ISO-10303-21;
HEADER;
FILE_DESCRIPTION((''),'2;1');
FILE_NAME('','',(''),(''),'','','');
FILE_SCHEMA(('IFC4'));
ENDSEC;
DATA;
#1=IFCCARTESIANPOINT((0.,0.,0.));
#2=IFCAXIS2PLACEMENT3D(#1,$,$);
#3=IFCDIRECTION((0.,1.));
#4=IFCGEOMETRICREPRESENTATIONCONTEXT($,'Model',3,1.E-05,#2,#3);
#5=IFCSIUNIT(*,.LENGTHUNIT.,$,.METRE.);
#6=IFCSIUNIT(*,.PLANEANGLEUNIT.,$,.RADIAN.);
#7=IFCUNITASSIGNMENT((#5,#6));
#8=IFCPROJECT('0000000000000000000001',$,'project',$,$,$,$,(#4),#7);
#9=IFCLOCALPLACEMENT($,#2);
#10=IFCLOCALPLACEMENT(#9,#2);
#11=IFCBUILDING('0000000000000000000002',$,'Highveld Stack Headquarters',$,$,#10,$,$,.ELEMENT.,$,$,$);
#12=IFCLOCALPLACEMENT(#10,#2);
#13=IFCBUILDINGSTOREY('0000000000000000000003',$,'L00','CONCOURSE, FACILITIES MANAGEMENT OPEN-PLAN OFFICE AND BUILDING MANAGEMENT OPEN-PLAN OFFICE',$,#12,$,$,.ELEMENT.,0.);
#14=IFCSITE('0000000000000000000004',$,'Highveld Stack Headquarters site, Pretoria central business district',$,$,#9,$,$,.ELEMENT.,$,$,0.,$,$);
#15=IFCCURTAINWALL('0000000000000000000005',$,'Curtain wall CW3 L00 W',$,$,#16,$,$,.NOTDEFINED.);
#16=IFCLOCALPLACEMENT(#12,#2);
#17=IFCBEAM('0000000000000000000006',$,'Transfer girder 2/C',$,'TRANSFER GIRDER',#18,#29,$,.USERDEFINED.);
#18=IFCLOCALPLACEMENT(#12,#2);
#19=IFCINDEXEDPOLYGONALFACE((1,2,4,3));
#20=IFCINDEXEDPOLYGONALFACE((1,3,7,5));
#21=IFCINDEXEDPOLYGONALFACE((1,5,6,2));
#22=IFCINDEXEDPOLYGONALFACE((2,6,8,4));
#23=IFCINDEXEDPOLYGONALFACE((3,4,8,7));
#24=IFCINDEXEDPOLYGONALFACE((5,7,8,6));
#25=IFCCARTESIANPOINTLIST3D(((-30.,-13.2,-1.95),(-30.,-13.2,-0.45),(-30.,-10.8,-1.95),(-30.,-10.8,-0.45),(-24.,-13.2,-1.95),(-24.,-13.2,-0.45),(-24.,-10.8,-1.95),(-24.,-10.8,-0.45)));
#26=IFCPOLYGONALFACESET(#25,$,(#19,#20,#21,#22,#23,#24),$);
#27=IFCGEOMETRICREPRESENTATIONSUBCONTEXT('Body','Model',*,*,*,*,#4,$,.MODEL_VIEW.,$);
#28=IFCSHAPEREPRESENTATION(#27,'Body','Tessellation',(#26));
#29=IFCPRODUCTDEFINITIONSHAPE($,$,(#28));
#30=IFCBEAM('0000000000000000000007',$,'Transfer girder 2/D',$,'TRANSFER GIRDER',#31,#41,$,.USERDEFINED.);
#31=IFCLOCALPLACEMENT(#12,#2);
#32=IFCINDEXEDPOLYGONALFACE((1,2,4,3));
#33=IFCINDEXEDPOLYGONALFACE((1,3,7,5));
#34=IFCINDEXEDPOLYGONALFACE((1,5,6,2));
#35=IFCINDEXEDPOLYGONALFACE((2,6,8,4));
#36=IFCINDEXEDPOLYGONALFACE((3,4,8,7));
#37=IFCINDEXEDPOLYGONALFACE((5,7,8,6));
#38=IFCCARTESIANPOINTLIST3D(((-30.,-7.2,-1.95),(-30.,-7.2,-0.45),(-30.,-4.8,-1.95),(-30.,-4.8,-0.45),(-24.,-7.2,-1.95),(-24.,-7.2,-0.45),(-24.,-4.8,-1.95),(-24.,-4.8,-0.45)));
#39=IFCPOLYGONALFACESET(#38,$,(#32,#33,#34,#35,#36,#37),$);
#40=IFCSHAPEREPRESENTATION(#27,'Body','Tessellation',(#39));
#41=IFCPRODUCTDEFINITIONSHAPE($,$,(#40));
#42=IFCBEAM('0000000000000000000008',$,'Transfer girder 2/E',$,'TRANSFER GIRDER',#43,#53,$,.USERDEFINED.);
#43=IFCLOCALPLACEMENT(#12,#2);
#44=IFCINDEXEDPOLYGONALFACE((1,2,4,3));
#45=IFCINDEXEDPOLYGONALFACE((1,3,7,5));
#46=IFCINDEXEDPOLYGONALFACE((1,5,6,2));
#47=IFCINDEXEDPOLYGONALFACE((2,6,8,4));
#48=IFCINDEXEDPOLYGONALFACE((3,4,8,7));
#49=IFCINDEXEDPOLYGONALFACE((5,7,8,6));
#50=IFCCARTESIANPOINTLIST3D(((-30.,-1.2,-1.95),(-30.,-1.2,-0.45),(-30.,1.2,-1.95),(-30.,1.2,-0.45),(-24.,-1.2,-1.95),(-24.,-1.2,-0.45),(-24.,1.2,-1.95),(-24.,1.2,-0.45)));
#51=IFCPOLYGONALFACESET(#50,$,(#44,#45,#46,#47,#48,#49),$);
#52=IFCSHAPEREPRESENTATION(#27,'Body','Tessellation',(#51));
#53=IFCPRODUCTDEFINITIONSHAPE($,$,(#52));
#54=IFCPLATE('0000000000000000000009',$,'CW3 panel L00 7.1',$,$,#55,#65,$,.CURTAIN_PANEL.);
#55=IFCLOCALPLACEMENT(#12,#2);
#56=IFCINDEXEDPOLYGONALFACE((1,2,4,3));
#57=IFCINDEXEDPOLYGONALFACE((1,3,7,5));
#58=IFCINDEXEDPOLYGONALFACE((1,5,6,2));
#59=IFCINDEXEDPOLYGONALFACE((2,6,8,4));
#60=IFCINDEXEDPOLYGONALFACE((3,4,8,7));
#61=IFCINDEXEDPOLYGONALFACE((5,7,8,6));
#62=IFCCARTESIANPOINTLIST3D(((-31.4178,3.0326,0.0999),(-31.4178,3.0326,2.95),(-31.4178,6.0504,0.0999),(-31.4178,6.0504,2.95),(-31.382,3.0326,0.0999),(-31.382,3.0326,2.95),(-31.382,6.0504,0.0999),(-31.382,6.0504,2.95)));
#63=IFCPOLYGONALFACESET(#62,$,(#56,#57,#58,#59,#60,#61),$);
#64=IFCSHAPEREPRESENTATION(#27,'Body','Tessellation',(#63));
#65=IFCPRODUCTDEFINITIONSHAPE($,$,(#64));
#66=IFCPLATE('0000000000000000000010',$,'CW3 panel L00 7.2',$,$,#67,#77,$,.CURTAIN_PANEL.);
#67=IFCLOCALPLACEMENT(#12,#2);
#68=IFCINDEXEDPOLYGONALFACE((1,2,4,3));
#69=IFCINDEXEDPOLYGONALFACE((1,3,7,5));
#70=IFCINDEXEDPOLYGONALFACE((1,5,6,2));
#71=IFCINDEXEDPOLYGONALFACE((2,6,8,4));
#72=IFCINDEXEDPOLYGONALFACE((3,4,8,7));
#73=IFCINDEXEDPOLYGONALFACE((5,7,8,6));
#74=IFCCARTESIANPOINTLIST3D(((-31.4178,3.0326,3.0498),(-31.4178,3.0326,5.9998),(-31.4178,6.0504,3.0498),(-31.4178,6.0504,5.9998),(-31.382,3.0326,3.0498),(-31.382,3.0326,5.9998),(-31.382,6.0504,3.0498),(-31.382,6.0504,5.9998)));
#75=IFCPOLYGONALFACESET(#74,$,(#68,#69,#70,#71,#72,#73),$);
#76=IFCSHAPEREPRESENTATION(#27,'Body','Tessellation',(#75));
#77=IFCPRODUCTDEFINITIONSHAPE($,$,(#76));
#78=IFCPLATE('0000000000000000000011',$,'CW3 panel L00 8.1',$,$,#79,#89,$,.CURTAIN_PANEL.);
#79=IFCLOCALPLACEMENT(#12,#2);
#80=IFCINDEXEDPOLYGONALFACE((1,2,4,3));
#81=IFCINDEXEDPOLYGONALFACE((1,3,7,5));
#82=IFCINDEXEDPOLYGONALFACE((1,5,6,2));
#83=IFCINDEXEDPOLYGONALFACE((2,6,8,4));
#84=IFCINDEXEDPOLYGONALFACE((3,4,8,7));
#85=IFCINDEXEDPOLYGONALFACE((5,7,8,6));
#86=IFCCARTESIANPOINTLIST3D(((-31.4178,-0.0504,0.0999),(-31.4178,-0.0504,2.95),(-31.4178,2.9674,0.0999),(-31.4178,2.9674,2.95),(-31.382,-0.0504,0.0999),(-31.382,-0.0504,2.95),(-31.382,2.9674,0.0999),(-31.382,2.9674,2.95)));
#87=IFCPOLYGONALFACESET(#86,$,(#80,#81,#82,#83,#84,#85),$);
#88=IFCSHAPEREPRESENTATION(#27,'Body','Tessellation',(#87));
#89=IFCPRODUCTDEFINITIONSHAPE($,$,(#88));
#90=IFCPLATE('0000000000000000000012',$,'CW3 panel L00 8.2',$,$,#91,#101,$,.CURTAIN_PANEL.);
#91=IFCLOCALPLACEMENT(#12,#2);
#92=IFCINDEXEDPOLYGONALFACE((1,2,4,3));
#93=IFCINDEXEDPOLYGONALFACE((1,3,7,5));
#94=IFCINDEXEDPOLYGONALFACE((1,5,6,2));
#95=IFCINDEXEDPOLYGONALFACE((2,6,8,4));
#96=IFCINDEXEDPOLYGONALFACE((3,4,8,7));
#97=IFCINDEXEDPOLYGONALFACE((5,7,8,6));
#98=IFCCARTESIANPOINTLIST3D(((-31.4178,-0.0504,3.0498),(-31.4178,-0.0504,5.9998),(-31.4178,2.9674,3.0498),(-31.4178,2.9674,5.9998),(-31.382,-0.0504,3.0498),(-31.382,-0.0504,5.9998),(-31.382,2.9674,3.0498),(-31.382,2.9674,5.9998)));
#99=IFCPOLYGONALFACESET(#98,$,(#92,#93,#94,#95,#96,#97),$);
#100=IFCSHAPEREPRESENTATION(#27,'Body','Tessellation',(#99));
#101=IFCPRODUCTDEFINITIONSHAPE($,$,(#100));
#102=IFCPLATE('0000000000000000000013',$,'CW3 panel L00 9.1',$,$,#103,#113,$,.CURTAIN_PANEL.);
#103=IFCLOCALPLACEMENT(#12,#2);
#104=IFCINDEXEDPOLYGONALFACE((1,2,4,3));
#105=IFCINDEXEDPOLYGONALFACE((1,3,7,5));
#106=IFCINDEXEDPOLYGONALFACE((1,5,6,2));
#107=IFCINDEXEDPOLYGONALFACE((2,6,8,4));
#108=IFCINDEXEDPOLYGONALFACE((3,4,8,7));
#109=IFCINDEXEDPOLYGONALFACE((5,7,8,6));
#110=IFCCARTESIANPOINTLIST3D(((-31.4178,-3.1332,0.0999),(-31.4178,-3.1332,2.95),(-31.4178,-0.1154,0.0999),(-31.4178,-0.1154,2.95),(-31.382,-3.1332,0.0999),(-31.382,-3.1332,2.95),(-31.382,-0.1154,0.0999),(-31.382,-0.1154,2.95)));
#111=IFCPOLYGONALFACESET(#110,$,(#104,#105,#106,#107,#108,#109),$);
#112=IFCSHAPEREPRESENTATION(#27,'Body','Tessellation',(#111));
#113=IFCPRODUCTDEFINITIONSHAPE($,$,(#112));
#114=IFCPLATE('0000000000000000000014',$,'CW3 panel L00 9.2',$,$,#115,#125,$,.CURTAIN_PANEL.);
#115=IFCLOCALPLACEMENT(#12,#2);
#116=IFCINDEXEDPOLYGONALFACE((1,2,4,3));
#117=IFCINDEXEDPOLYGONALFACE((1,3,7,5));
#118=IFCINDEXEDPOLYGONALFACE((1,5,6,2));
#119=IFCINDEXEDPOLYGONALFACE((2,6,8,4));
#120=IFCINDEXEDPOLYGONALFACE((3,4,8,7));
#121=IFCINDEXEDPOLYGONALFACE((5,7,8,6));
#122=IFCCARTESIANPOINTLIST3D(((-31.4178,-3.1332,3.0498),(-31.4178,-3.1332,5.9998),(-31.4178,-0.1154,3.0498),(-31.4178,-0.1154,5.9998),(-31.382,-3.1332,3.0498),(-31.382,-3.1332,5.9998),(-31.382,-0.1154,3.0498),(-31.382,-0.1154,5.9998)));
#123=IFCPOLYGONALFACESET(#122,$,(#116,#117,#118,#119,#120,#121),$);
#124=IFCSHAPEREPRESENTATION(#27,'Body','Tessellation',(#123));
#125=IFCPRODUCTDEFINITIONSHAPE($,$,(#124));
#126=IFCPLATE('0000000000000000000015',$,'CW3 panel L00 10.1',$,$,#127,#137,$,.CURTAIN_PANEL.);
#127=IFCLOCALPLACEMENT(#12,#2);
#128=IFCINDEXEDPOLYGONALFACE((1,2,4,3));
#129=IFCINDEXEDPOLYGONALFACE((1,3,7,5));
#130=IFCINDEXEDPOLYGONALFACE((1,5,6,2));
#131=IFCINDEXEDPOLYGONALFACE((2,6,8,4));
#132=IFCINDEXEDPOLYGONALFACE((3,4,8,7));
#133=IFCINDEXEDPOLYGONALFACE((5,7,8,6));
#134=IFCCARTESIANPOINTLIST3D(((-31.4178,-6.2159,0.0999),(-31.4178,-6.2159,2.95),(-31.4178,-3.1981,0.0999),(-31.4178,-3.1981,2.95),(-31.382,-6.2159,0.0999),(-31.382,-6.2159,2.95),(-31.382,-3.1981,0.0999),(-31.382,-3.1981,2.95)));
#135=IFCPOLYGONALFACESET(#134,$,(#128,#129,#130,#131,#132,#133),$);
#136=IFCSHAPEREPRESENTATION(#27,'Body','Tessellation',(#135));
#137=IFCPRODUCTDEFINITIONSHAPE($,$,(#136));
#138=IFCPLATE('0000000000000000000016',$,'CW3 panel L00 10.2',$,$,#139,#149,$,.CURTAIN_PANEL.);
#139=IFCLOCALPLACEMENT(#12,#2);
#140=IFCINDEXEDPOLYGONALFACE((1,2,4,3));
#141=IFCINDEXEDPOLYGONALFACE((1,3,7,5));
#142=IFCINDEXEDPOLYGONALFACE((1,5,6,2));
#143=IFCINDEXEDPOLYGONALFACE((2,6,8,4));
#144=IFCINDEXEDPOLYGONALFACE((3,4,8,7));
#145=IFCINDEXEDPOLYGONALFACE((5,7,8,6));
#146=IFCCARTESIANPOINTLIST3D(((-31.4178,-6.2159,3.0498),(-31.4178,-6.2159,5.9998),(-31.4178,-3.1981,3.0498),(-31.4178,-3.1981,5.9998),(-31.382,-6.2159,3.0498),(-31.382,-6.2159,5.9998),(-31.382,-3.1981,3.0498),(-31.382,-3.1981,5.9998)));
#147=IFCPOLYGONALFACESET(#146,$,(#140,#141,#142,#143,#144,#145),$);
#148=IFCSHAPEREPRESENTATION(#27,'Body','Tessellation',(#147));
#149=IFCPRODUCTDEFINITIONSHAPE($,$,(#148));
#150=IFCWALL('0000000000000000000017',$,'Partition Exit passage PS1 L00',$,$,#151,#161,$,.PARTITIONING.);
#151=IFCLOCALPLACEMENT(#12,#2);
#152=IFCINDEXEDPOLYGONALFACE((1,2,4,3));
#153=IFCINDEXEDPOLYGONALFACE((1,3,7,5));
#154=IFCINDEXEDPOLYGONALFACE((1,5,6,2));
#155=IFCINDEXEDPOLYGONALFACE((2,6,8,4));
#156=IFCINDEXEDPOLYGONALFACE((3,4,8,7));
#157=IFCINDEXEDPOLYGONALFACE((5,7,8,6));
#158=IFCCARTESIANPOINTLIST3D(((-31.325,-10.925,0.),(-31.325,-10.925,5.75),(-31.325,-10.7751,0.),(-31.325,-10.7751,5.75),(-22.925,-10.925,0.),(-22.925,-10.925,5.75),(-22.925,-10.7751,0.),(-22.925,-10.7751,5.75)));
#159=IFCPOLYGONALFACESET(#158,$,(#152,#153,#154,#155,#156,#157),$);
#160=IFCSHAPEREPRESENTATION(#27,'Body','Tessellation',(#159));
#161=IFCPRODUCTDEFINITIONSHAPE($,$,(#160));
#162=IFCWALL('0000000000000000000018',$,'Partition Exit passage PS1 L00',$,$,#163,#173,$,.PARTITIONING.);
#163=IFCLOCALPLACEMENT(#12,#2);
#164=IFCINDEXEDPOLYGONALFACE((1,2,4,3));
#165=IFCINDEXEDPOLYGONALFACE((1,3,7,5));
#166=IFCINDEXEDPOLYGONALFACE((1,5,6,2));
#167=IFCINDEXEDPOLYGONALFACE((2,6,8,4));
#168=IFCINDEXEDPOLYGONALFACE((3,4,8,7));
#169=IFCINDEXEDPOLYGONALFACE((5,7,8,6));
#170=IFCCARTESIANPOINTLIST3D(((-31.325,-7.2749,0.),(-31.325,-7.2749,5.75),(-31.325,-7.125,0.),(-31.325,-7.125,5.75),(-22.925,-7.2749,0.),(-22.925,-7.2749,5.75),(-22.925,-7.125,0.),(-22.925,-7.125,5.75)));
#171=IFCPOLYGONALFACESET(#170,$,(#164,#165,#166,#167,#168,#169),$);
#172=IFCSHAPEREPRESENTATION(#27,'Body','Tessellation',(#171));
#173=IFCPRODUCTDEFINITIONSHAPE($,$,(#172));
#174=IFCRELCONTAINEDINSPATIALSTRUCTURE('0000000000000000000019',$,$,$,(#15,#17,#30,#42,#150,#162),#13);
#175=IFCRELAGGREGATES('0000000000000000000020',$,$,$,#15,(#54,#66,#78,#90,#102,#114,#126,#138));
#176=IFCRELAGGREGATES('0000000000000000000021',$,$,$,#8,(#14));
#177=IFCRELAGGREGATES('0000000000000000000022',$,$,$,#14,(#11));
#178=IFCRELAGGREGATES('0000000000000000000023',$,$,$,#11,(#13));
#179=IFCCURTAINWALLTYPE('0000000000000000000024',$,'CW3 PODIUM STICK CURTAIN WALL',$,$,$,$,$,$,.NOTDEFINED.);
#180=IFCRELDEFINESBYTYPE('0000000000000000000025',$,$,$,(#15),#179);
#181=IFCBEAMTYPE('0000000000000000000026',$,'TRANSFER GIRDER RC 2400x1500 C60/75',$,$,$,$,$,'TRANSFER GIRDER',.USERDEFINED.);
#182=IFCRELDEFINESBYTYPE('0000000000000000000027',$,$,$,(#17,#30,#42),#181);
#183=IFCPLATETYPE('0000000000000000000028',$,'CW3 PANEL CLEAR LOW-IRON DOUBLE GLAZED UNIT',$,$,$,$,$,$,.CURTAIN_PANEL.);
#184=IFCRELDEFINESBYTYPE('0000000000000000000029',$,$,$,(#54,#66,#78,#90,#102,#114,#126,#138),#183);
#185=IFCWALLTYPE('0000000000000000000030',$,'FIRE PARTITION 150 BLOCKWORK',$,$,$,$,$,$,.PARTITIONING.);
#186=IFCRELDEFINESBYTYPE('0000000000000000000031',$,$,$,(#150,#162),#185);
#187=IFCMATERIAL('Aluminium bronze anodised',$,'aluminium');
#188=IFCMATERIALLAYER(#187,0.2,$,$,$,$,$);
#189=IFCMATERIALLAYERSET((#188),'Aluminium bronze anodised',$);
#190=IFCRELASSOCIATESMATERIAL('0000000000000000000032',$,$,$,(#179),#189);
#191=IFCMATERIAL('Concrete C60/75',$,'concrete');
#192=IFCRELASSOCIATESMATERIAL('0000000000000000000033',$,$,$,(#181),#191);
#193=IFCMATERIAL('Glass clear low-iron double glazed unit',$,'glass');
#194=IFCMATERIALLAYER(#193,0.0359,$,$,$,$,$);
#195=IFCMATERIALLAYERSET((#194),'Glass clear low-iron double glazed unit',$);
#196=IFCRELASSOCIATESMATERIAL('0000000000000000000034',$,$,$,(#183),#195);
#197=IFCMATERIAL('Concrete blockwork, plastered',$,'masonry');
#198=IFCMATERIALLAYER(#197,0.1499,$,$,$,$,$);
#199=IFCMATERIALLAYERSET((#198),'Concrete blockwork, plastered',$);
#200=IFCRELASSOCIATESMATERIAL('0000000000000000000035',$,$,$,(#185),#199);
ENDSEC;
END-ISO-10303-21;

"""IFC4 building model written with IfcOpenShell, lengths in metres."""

from ifc_helpers import new_model, si_unit, direction, frame, frame_2d, origin, origin_2d, place, context, subcontext, project, spatial, rectangle, extrude, material, layer, layer_set, material_profile, profile_set, type_object, element, aggregate, save


model = new_model("IFC4")

# Units and contexts
model_context = context("Model", 3, precision=1e-05, world=origin(), true_north=direction((0.0, 1.0)))
body_context = subcontext(model_context, "Body", "Model", "MODEL_VIEW")
ifc_project = project(units=[si_unit("LENGTHUNIT", "METRE"), si_unit("PLANEANGLEUNIT", "RADIAN")], contexts=[model_context])

# Site, building, storey
site_placement = place(None, origin())
site = spatial("IfcSite", under=ifc_project, at=site_placement, Name="Highveld Stack Headquarters site, Pretoria central business district", CompositionType="ELEMENT", RefElevation=0.0)
building_placement = place(site_placement, origin())
building = spatial("IfcBuilding", under=site, at=building_placement, Name="Highveld Stack Headquarters", CompositionType="ELEMENT")
storey_placement = place(building_placement, origin())
storey = spatial("IfcBuildingStorey", under=building, at=storey_placement, Name="L00", Description="CONCOURSE, FACILITIES MANAGEMENT OPEN-PLAN OFFICE AND BUILDING MANAGEMENT OPEN-PLAN OFFICE", CompositionType="ELEMENT", Elevation=0.0)

# Curtain wall
ifc_material_1 = material(Name="Aluminium bronze anodised", Category="aluminium")
ifc_layer_1 = layer(ifc_material_1, 0.2)
ifc_layer_set_1 = layer_set([ifc_layer_1], Name="Aluminium bronze anodised")
curtain_wall_type = type_object("IfcCurtainWallType", Name="CW3 PODIUM STICK CURTAIN WALL", PredefinedType="NOTDEFINED", material=ifc_layer_set_1)
curtain_wall_placement = place(storey_placement, origin())
curtain_wall = element("IfcCurtainWall", 1, at=curtain_wall_placement, inside=storey, type_object=curtain_wall_type, Name="Curtain wall CW3 L00 W", PredefinedType="NOTDEFINED")

# Beams
ifc_material_2 = material(Name="Concrete C60/75", Category="concrete")
ifc_material_profile_1 = material_profile(ifc_material_2, rectangle(XDim=2.3999, YDim=1.5, at=origin_2d()), Name="RC 2400x1500")
ifc_profile_set_1 = profile_set([ifc_material_profile_1], Name="Concrete C60/75")
beam_type = type_object("IfcBeamType", Name="TRANSFER GIRDER RC 2400x1500 C60/75", ElementType="TRANSFER GIRDER", PredefinedType="USERDEFINED", material=ifc_profile_set_1)
for number, where, z_axis, x_axis, name in (
    (2, (-24.0, -12.0, -1.2), (-1.0, 0.0, 0.0), (0.0, -1.0, 0.0), "Transfer girder 2/C"),
    (3, (-24.0, -6.0, -1.2), (-1.0, 0.0, 0.0), (0.0, -1.0, 0.0), "Transfer girder 2/D"),
    (4, (-24.0, 0.0, -1.2), (-1.0, 0.0, 0.0), (0.0, -1.0, 0.0), "Transfer girder 2/E"),
):
    element("IfcBeam", number, at=place(storey_placement, frame(where, z_axis=z_axis, x_axis=x_axis)), inside=storey, type_object=beam_type, Name=name, ObjectType="TRANSFER GIRDER", PredefinedType="USERDEFINED", context=body_context, shape_type="SweptSolid", body=[
        extrude(rectangle(XDim=2.3999, YDim=1.5, at=origin_2d()), origin(), (0.0, 0.0, 1.0), 6.0),
    ])

# Plates
ifc_material_3 = material(Name="Glass clear low-iron double glazed unit", Category="glass")
ifc_layer_2 = layer(ifc_material_3, 0.0359)
ifc_layer_set_2 = layer_set([ifc_layer_2], Name="Glass clear low-iron double glazed unit")
plate_type = type_object("IfcPlateType", Name="CW3 PANEL CLEAR LOW-IRON DOUBLE GLAZED UNIT", PredefinedType="CURTAIN_PANEL", material=ifc_layer_set_2)
plate_1_placement = place(storey_placement, frame((-31.3999, 4.5415, 0.0999), z_axis=(0.0, 0.0, 1.0), x_axis=(0.0, -1.0, 0.0)))
plate_1 = element("IfcPlate", 5, at=plate_1_placement, type_object=plate_type, Name="CW3 panel L00 7.1", PredefinedType="CURTAIN_PANEL", context=body_context, shape_type="SweptSolid", body=[
    extrude(rectangle(XDim=3.0178, YDim=0.0359, at=origin_2d()), origin(), (0.0, 0.0, 1.0), 2.8501),
])
plate_2_placement = place(storey_placement, frame((-31.3999, 4.5415, 3.0498), z_axis=(0.0, 0.0, 1.0), x_axis=(0.0, -1.0, 0.0)))
plate_2 = element("IfcPlate", 6, at=plate_2_placement, type_object=plate_type, Name="CW3 panel L00 7.2", PredefinedType="CURTAIN_PANEL", context=body_context, shape_type="SweptSolid", body=[
    extrude(rectangle(XDim=3.0178, YDim=0.0359, at=origin_2d()), origin(), (0.0, 0.0, 1.0), 2.95),
])
plate_3_placement = place(storey_placement, frame((-31.3999, 1.4585, 0.0999), z_axis=(0.0, 0.0, 1.0), x_axis=(0.0, -1.0, 0.0)))
plate_3 = element("IfcPlate", 7, at=plate_3_placement, type_object=plate_type, Name="CW3 panel L00 8.1", PredefinedType="CURTAIN_PANEL", context=body_context, shape_type="SweptSolid", body=[
    extrude(rectangle(XDim=3.0178, YDim=0.0359, at=origin_2d()), origin(), (0.0, 0.0, 1.0), 2.8501),
])
plate_4_placement = place(storey_placement, frame((-31.3999, 1.4585, 3.0498), z_axis=(0.0, 0.0, 1.0), x_axis=(0.0, -1.0, 0.0)))
plate_4 = element("IfcPlate", 8, at=plate_4_placement, type_object=plate_type, Name="CW3 panel L00 8.2", PredefinedType="CURTAIN_PANEL", context=body_context, shape_type="SweptSolid", body=[
    extrude(rectangle(XDim=3.0178, YDim=0.0359, at=origin_2d()), origin(), (0.0, 0.0, 1.0), 2.95),
])
plate_5_placement = place(storey_placement, frame((-31.3999, -1.6243, 0.0999), z_axis=(0.0, 0.0, 1.0), x_axis=(0.0, -1.0, 0.0)))
plate_5 = element("IfcPlate", 9, at=plate_5_placement, type_object=plate_type, Name="CW3 panel L00 9.1", PredefinedType="CURTAIN_PANEL", context=body_context, shape_type="SweptSolid", body=[
    extrude(rectangle(XDim=3.0178, YDim=0.0359, at=origin_2d()), origin(), (0.0, 0.0, 1.0), 2.8501),
])
plate_6_placement = place(storey_placement, frame((-31.3999, -1.6243, 3.0498), z_axis=(0.0, 0.0, 1.0), x_axis=(0.0, -1.0, 0.0)))
plate_6 = element("IfcPlate", 10, at=plate_6_placement, type_object=plate_type, Name="CW3 panel L00 9.2", PredefinedType="CURTAIN_PANEL", context=body_context, shape_type="SweptSolid", body=[
    extrude(rectangle(XDim=3.0178, YDim=0.0359, at=origin_2d()), origin(), (0.0, 0.0, 1.0), 2.95),
])
plate_7_placement = place(storey_placement, frame((-31.3999, -4.707, 0.0999), z_axis=(0.0, 0.0, 1.0), x_axis=(0.0, -1.0, 0.0)))
plate_7 = element("IfcPlate", 11, at=plate_7_placement, type_object=plate_type, Name="CW3 panel L00 10.1", PredefinedType="CURTAIN_PANEL", context=body_context, shape_type="SweptSolid", body=[
    extrude(rectangle(XDim=3.0178, YDim=0.0359, at=origin_2d()), origin(), (0.0, 0.0, 1.0), 2.8501),
])
plate_8_placement = place(storey_placement, frame((-31.3999, -4.707, 3.0498), z_axis=(0.0, 0.0, 1.0), x_axis=(0.0, -1.0, 0.0)))
plate_8 = element("IfcPlate", 12, at=plate_8_placement, type_object=plate_type, Name="CW3 panel L00 10.2", PredefinedType="CURTAIN_PANEL", context=body_context, shape_type="SweptSolid", body=[
    extrude(rectangle(XDim=3.0178, YDim=0.0359, at=origin_2d()), origin(), (0.0, 0.0, 1.0), 2.95),
])
aggregate(curtain_wall, [plate_1, plate_2, plate_3, plate_4, plate_5, plate_6, plate_7, plate_8])

# Walls
ifc_material_4 = material(Name="Concrete blockwork, plastered", Category="masonry")
ifc_layer_3 = layer(ifc_material_4, 0.1499)
ifc_layer_set_3 = layer_set([ifc_layer_3], Name="Concrete blockwork, plastered")
wall_type_1 = type_object("IfcWallType", Name="FIRE PARTITION 150 BLOCKWORK", PredefinedType="PARTITIONING", material=ifc_layer_set_3)
for number, where, z_axis, x_axis, name in (
    (13, (-31.325, -10.8501, 0.0), (0.0, 0.0, 1.0), (1.0, 0.0, 0.0), "Partition Exit passage PS1 L00"),
    (14, (-31.325, -7.2, 0.0), (0.0, 0.0, 1.0), (1.0, 0.0, 0.0), "Partition Exit passage PS1 L00"),
):
    element("IfcWall", number, at=place(storey_placement, frame(where, z_axis=z_axis, x_axis=x_axis)), inside=storey, type_object=wall_type_1, Name=name, PredefinedType="PARTITIONING", context=body_context, shape_type="SweptSolid", body=[
        extrude(rectangle(XDim=8.3999, YDim=0.1499, at=frame_2d((4.2, 0.0))), origin(), (0.0, 0.0, 1.0), 5.75),
    ])

save(model, "model.ifc")
